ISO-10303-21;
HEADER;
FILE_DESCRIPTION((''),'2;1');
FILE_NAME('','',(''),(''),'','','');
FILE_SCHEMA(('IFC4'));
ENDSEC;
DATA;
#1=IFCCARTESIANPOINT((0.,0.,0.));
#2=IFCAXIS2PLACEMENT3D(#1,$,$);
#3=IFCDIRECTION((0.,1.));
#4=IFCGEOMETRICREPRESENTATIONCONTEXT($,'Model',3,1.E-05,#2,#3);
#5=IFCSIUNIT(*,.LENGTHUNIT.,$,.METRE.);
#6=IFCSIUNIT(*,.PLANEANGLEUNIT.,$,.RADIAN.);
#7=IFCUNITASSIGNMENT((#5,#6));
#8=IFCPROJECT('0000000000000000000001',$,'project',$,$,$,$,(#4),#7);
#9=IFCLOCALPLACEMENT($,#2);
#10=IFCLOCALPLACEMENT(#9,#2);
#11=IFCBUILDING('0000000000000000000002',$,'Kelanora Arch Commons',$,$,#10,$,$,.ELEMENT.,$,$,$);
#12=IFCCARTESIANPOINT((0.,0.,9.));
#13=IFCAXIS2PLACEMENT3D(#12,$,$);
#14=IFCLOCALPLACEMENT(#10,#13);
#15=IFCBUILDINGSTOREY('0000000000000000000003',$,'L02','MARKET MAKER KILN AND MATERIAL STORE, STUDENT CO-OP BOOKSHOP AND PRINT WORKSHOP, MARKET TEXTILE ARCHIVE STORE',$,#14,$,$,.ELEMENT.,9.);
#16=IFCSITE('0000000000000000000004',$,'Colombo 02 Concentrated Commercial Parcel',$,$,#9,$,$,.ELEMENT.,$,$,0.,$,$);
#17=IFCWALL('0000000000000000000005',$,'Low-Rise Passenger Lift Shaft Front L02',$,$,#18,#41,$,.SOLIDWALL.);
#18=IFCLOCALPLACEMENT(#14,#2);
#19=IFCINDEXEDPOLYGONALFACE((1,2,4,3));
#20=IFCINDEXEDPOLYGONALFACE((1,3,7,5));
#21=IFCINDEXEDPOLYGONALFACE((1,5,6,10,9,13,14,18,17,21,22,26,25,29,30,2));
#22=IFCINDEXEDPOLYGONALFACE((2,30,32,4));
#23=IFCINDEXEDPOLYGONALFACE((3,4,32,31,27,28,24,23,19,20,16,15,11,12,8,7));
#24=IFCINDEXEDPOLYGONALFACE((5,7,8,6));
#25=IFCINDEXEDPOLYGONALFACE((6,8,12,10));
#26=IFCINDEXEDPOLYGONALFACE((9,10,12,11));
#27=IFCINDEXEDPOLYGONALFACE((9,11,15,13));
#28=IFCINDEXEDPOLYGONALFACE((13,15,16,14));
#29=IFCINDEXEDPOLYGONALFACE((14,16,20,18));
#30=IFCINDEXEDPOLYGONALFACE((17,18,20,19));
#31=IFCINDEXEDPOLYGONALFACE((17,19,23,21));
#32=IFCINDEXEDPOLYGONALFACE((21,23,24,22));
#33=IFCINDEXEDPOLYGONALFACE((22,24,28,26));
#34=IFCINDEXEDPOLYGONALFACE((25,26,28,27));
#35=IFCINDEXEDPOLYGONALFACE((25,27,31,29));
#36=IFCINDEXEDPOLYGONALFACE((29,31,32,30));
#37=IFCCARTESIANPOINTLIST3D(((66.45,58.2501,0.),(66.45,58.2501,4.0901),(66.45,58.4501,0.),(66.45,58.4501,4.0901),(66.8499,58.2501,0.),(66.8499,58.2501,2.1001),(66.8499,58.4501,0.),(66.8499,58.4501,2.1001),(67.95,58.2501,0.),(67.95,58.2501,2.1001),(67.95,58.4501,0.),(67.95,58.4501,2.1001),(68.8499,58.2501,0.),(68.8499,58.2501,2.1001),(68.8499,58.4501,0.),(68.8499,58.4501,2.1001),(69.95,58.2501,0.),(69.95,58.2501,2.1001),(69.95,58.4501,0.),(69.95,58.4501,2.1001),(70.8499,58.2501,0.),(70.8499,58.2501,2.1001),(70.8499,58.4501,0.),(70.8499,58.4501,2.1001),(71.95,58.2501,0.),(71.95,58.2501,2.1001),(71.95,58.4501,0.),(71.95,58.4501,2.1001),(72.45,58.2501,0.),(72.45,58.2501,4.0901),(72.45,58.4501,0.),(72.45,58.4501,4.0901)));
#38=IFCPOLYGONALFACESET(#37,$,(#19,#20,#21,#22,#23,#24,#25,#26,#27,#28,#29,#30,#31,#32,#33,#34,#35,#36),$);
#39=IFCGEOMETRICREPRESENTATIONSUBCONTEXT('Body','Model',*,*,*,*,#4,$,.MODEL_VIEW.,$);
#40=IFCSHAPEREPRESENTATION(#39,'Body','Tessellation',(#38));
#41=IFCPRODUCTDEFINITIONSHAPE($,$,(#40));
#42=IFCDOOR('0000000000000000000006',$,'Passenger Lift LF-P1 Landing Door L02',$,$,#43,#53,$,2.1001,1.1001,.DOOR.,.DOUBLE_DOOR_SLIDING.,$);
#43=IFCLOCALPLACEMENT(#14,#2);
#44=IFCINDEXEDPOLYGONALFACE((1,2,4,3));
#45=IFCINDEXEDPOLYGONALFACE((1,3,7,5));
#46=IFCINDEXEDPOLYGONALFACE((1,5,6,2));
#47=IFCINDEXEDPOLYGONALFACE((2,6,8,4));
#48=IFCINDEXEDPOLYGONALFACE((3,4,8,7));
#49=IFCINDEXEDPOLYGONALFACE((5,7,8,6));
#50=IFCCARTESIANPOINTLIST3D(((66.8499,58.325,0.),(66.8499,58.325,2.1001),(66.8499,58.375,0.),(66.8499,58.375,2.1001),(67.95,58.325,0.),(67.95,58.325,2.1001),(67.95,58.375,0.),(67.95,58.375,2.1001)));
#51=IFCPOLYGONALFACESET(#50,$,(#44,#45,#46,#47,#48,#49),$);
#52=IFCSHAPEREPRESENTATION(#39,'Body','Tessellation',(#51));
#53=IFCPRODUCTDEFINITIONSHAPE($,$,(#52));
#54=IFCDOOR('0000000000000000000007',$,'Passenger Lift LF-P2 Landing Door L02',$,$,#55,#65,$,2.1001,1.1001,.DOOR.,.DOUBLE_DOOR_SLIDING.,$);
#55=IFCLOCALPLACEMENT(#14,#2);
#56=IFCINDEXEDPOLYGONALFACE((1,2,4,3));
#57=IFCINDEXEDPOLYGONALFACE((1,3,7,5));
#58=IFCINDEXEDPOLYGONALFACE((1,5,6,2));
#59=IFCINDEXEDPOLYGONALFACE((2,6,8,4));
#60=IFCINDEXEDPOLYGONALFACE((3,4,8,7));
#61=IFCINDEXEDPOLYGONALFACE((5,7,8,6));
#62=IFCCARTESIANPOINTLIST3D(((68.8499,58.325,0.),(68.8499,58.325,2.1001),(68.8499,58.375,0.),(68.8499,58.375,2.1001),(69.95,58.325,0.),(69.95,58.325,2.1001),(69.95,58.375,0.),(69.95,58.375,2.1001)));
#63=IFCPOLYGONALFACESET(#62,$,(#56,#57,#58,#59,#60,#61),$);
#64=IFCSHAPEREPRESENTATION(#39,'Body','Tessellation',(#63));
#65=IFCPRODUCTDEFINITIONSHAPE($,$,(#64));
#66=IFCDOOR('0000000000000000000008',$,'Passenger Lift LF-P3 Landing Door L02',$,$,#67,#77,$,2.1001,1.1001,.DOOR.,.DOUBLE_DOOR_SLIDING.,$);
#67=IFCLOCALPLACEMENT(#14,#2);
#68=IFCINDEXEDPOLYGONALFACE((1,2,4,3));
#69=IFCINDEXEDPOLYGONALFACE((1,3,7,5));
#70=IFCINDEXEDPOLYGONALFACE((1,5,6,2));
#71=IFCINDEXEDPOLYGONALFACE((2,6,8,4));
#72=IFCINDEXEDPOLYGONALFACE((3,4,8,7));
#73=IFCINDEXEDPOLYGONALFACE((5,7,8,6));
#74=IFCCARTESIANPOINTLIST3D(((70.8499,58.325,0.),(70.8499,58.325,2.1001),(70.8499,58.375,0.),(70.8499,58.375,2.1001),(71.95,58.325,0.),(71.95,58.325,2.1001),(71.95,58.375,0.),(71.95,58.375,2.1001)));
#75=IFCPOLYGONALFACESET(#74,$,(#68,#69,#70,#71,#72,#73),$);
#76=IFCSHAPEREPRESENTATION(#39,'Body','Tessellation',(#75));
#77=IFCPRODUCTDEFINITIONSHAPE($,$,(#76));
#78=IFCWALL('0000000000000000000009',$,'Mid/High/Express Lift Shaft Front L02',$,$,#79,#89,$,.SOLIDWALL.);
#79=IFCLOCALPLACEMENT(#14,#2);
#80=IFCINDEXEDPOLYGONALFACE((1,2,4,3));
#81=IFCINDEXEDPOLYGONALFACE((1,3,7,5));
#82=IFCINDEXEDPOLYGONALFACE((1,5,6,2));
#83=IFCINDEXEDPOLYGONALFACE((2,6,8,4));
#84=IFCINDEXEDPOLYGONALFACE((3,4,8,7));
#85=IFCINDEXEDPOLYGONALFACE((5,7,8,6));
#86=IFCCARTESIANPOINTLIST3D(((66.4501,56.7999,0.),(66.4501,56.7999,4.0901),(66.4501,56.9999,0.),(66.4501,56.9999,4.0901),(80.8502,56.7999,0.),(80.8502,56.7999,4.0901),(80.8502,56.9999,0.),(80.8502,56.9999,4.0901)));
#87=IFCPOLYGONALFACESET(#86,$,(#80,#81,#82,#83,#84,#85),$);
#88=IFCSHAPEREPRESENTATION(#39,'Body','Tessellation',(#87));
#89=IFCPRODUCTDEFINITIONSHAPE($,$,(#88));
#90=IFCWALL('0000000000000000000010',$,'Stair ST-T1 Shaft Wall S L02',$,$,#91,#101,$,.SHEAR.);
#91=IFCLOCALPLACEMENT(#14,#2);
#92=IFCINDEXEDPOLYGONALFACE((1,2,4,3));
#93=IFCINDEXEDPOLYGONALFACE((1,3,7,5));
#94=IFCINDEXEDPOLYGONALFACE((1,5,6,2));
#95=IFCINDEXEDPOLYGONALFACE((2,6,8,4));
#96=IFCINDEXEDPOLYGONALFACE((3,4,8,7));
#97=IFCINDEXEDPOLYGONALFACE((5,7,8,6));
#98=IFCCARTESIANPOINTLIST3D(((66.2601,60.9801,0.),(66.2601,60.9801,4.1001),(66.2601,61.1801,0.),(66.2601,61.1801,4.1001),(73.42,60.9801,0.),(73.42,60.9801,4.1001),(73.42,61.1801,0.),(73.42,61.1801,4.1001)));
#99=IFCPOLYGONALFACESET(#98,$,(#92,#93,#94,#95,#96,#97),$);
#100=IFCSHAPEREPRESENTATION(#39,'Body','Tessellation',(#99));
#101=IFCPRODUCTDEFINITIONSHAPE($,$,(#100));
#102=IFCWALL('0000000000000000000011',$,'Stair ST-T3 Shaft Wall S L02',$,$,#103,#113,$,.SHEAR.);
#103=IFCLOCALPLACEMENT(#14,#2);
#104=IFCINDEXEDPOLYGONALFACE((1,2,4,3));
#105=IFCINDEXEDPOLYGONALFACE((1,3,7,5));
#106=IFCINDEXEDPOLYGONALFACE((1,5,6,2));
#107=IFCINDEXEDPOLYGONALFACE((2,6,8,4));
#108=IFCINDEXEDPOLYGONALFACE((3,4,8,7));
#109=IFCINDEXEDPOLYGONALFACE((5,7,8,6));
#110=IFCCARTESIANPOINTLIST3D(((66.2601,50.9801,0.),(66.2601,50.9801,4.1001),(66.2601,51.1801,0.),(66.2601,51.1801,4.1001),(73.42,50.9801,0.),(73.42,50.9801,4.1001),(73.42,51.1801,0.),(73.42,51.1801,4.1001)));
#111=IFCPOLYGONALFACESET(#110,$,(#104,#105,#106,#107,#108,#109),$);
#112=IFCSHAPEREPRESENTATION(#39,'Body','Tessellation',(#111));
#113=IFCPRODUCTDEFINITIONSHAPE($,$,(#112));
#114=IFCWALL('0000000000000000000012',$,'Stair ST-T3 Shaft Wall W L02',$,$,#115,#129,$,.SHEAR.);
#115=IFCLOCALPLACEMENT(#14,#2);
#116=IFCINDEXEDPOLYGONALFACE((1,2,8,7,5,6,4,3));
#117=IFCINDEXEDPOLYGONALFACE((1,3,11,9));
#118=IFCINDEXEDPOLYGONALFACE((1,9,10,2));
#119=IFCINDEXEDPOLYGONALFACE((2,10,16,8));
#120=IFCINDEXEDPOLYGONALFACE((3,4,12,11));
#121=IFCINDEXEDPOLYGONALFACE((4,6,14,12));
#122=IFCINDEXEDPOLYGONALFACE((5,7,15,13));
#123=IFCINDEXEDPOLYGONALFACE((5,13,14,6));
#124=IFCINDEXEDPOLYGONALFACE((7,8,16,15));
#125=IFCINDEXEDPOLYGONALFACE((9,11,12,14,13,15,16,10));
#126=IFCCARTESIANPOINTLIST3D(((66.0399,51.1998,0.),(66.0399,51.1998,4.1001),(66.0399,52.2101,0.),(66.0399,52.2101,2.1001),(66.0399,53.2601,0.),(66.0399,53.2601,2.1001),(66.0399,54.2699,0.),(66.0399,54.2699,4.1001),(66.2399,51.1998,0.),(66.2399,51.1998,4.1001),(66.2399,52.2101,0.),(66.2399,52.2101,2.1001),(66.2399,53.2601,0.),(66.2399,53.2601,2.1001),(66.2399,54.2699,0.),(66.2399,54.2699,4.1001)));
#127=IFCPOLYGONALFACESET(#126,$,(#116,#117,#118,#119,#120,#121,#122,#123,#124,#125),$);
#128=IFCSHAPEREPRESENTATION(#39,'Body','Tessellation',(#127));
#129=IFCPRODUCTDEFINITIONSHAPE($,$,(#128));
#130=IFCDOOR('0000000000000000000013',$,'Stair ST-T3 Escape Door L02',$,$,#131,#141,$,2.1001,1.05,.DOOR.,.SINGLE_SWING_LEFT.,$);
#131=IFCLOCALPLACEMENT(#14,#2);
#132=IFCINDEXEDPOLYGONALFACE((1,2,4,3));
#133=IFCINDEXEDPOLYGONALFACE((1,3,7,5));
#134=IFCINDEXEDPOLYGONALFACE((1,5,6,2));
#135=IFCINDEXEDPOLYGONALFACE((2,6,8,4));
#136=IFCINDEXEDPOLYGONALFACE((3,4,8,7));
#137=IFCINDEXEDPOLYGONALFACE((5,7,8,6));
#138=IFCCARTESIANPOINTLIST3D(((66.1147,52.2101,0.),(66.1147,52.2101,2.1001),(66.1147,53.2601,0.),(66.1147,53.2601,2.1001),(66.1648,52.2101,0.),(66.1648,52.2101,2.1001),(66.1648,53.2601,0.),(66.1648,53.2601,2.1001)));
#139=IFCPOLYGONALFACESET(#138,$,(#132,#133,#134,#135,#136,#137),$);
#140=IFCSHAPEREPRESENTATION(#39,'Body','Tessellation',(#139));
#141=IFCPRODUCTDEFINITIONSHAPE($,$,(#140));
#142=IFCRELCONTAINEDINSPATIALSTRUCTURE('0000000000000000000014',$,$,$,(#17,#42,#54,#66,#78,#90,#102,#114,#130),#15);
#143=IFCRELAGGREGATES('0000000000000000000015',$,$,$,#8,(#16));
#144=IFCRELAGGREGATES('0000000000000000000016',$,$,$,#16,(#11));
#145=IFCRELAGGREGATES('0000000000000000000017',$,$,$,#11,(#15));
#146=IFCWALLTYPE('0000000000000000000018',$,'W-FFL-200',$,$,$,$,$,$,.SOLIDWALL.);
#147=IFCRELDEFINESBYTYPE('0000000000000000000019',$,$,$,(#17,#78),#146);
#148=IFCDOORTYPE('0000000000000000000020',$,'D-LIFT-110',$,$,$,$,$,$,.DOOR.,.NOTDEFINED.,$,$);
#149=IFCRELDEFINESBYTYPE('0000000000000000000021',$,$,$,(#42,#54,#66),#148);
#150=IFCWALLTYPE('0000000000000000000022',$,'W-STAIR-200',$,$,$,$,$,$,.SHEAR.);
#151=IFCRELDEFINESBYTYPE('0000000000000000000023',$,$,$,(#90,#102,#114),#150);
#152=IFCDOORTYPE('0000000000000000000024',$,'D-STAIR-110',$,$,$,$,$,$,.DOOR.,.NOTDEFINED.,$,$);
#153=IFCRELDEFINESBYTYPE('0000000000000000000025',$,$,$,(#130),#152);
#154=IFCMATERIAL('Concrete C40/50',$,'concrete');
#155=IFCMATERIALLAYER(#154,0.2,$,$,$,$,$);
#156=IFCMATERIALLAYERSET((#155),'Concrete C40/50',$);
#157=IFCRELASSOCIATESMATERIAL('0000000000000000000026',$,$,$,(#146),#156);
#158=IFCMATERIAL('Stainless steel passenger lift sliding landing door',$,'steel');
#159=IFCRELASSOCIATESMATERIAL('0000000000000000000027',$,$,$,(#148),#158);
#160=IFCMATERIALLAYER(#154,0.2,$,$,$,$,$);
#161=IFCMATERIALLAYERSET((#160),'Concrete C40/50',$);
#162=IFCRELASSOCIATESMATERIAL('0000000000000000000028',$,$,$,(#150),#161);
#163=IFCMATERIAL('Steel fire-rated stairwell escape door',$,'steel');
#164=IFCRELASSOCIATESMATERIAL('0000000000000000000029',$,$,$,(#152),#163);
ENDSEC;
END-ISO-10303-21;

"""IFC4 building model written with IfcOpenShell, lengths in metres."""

from ifc_helpers import new_model, si_unit, direction, frame, frame_2d, origin, place, context, subcontext, project, spatial, rectangle, extrude, material, layer, layer_set, type_object, element, fill, save


model = new_model("IFC4")

# Units and contexts
model_context = context("Model", 3, precision=1e-05, world=origin(), true_north=direction((0.0, 1.0)))
body_context = subcontext(model_context, "Body", "Model", "MODEL_VIEW")
ifc_project = project(units=[si_unit("LENGTHUNIT", "METRE"), si_unit("PLANEANGLEUNIT", "RADIAN")], contexts=[model_context])

# Site, building, storey
site_placement = place(None, origin())
site = spatial("IfcSite", under=ifc_project, at=site_placement, Name="Colombo 02 Concentrated Commercial Parcel", CompositionType="ELEMENT", RefElevation=0.0)
building_placement = place(site_placement, origin())
building = spatial("IfcBuilding", under=site, at=building_placement, Name="Kelanora Arch Commons", CompositionType="ELEMENT")
storey_placement = place(building_placement, frame((0.0, 0.0, 9.0)))
storey = spatial("IfcBuildingStorey", under=building, at=storey_placement, Name="L02", Description="MARKET MAKER KILN AND MATERIAL STORE, STUDENT CO-OP BOOKSHOP AND PRINT WORKSHOP, MARKET TEXTILE ARCHIVE STORE", CompositionType="ELEMENT", Elevation=9.0)

# Wall, openings, doors
ifc_material_1 = material(Name="Concrete C40/50", Category="concrete")
ifc_layer_1 = layer(ifc_material_1, 0.2)
ifc_layer_set_1 = layer_set([ifc_layer_1], Name="Concrete C40/50")
wall_type_1 = type_object("IfcWallType", Name="W-FFL-200", PredefinedType="SOLIDWALL", material=ifc_layer_set_1)
wall_1_placement = place(storey_placement, frame((66.45, 58.3501, 0.0), z_axis=(0.0, 0.0, 1.0), x_axis=(1.0, 0.0, 0.0)))
wall_1 = element("IfcWall", 1, at=wall_1_placement, inside=storey, type_object=wall_type_1, Name="Low-Rise Passenger Lift Shaft Front L02", PredefinedType="SOLIDWALL", context=body_context, shape_type="SweptSolid", body=[
    extrude(rectangle(XDim=6.0, YDim=0.2, at=frame_2d((3.0, 0.0))), origin(), (0.0, 0.0, 1.0), 4.0901),
])
opening_1_placement = place(wall_1_placement, frame((0.3999, 0.0, 0.0)))
opening_1 = element("IfcOpeningElement", 2, at=opening_1_placement, cuts=wall_1, PredefinedType="OPENING", context=body_context, shape_type="SweptSolid", body=[
    extrude(rectangle(XDim=1.1001, YDim=2.1001, at=frame_2d((0.55, 1.05))), frame((0.0, 0.1099, 0.0), z_axis=(0.0, -1.0, 0.0), x_axis=(1.0, 0.0, 0.0)), (0.0, 0.0, 1.0), 0.22),
])
opening_2_placement = place(wall_1_placement, frame((2.3999, 0.0, 0.0)))
opening_2 = element("IfcOpeningElement", 3, at=opening_2_placement, cuts=wall_1, PredefinedType="OPENING", context=body_context, shape_type="SweptSolid", body=[
    extrude(rectangle(XDim=1.1001, YDim=2.1001, at=frame_2d((0.55, 1.05))), frame((0.0, 0.1099, 0.0), z_axis=(0.0, -1.0, 0.0), x_axis=(1.0, 0.0, 0.0)), (0.0, 0.0, 1.0), 0.22),
])
opening_3_placement = place(wall_1_placement, frame((4.3999, 0.0, 0.0)))
opening_3 = element("IfcOpeningElement", 4, at=opening_3_placement, cuts=wall_1, PredefinedType="OPENING", context=body_context, shape_type="SweptSolid", body=[
    extrude(rectangle(XDim=1.1001, YDim=2.1001, at=frame_2d((0.55, 1.05))), frame((0.0, 0.1099, 0.0), z_axis=(0.0, -1.0, 0.0), x_axis=(1.0, 0.0, 0.0)), (0.0, 0.0, 1.0), 0.22),
])
ifc_material_2 = material(Name="Stainless steel passenger lift sliding landing door", Category="steel")
door_type_1 = type_object("IfcDoorType", Name="D-LIFT-110", OperationType="NOTDEFINED", PredefinedType="DOOR", material=ifc_material_2)
door_1_placement = place(opening_1_placement, origin())
door_1 = element("IfcDoor", 5, at=door_1_placement, inside=storey, type_object=door_type_1, Name="Passenger Lift LF-P1 Landing Door L02", OperationType="DOUBLE_DOOR_SLIDING", OverallHeight=2.1001, OverallWidth=1.1001, PredefinedType="DOOR", context=body_context, shape_type="SweptSolid", body=[
    extrude(rectangle(XDim=1.1001, YDim=2.1001, at=frame_2d((0.55, 1.05))), frame((0.0, 0.0249, 0.0), z_axis=(0.0, -1.0, 0.0), x_axis=(1.0, 0.0, 0.0)), (0.0, 0.0, 1.0), 0.05),
])
fill(opening_1, door_1)
door_2_placement = place(opening_2_placement, origin())
door_2 = element("IfcDoor", 6, at=door_2_placement, inside=storey, type_object=door_type_1, Name="Passenger Lift LF-P2 Landing Door L02", OperationType="DOUBLE_DOOR_SLIDING", OverallHeight=2.1001, OverallWidth=1.1001, PredefinedType="DOOR", context=body_context, shape_type="SweptSolid", body=[
    extrude(rectangle(XDim=1.1001, YDim=2.1001, at=frame_2d((0.55, 1.05))), frame((0.0, 0.0249, 0.0), z_axis=(0.0, -1.0, 0.0), x_axis=(1.0, 0.0, 0.0)), (0.0, 0.0, 1.0), 0.05),
])
fill(opening_2, door_2)
door_3_placement = place(opening_3_placement, origin())
door_3 = element("IfcDoor", 7, at=door_3_placement, inside=storey, type_object=door_type_1, Name="Passenger Lift LF-P3 Landing Door L02", OperationType="DOUBLE_DOOR_SLIDING", OverallHeight=2.1001, OverallWidth=1.1001, PredefinedType="DOOR", context=body_context, shape_type="SweptSolid", body=[
    extrude(rectangle(XDim=1.1001, YDim=2.1001, at=frame_2d((0.55, 1.05))), frame((0.0, 0.0249, 0.0), z_axis=(0.0, -1.0, 0.0), x_axis=(1.0, 0.0, 0.0)), (0.0, 0.0, 1.0), 0.05),
])
fill(opening_3, door_3)

# Walls
wall_2_placement = place(storey_placement, frame((66.45, 56.8999, 0.0), z_axis=(0.0, 0.0, 1.0), x_axis=(1.0, 0.0, 0.0)))
element("IfcWall", 8, at=wall_2_placement, inside=storey, type_object=wall_type_1, Name="Mid/High/Express Lift Shaft Front L02", PredefinedType="SOLIDWALL", context=body_context, shape_type="SweptSolid", body=[
    extrude(rectangle(XDim=14.4001, YDim=0.2, at=frame_2d((7.2002, 0.0))), origin(), (0.0, 0.0, 1.0), 4.0901),
])
ifc_layer_2 = layer(ifc_material_1, 0.2)
ifc_layer_set_2 = layer_set([ifc_layer_2], Name="Concrete C40/50")
wall_type_2 = type_object("IfcWallType", Name="W-STAIR-200", PredefinedType="SHEAR", material=ifc_layer_set_2)
for number, where, z_axis, x_axis, name in (
    (9, (66.26, 61.0801, 0.0), (0.0, 0.0, 1.0), (1.0, 0.0, 0.0), "Stair ST-T1 Shaft Wall S L02"),
    (10, (66.26, 51.0801, 0.0), (0.0, 0.0, 1.0), (1.0, 0.0, 0.0), "Stair ST-T3 Shaft Wall S L02"),
):
    element("IfcWall", number, at=place(storey_placement, frame(where, z_axis=z_axis, x_axis=x_axis)), inside=storey, type_object=wall_type_2, Name=name, PredefinedType="SHEAR", context=body_context, shape_type="SweptSolid", body=[
        extrude(rectangle(XDim=7.1599, YDim=0.2, at=frame_2d((3.5801, 0.0))), origin(), (0.0, 0.0, 1.0), 4.1001),
    ])

# Wall, opening, door
wall_3_placement = place(storey_placement, frame((66.1399, 54.27, 0.0), z_axis=(0.0, 0.0, 1.0), x_axis=(0.0, -1.0, 0.0)))
wall_3 = element("IfcWall", 11, at=wall_3_placement, inside=storey, type_object=wall_type_2, Name="Stair ST-T3 Shaft Wall W L02", PredefinedType="SHEAR", context=body_context, shape_type="SweptSolid", body=[
    extrude(rectangle(XDim=3.0701, YDim=0.2, at=frame_2d((1.5352, 0.0))), origin(), (0.0, 0.0, 1.0), 4.1001),
])
opening_4_placement = place(wall_3_placement, frame((1.01, 0.0, 0.0)))
opening_4 = element("IfcOpeningElement", 12, at=opening_4_placement, cuts=wall_3, PredefinedType="OPENING", context=body_context, shape_type="SweptSolid", body=[
    extrude(rectangle(XDim=1.05, YDim=2.1001, at=frame_2d((0.5249, 1.05))), frame((0.0, 0.1099, 0.0), z_axis=(0.0, -1.0, 0.0), x_axis=(1.0, 0.0, 0.0)), (0.0, 0.0, 1.0), 0.22),
])
ifc_material_3 = material(Name="Steel fire-rated stairwell escape door", Category="steel")
door_type_2 = type_object("IfcDoorType", Name="D-STAIR-110", OperationType="NOTDEFINED", PredefinedType="DOOR", material=ifc_material_3)
door_4_placement = place(opening_4_placement, origin())
door_4 = element("IfcDoor", 13, at=door_4_placement, inside=storey, type_object=door_type_2, Name="Stair ST-T3 Escape Door L02", OperationType="SINGLE_SWING_LEFT", OverallHeight=2.1001, OverallWidth=1.05, PredefinedType="DOOR", context=body_context, shape_type="SweptSolid", body=[
    extrude(rectangle(XDim=1.05, YDim=2.1001, at=frame_2d((0.5249, 1.05))), frame((0.0, 0.0249, 0.0), z_axis=(0.0, -1.0, 0.0), x_axis=(1.0, 0.0, 0.0)), (0.0, 0.0, 1.0), 0.05),
])
fill(opening_4, door_4)

save(model, "model.ifc")
